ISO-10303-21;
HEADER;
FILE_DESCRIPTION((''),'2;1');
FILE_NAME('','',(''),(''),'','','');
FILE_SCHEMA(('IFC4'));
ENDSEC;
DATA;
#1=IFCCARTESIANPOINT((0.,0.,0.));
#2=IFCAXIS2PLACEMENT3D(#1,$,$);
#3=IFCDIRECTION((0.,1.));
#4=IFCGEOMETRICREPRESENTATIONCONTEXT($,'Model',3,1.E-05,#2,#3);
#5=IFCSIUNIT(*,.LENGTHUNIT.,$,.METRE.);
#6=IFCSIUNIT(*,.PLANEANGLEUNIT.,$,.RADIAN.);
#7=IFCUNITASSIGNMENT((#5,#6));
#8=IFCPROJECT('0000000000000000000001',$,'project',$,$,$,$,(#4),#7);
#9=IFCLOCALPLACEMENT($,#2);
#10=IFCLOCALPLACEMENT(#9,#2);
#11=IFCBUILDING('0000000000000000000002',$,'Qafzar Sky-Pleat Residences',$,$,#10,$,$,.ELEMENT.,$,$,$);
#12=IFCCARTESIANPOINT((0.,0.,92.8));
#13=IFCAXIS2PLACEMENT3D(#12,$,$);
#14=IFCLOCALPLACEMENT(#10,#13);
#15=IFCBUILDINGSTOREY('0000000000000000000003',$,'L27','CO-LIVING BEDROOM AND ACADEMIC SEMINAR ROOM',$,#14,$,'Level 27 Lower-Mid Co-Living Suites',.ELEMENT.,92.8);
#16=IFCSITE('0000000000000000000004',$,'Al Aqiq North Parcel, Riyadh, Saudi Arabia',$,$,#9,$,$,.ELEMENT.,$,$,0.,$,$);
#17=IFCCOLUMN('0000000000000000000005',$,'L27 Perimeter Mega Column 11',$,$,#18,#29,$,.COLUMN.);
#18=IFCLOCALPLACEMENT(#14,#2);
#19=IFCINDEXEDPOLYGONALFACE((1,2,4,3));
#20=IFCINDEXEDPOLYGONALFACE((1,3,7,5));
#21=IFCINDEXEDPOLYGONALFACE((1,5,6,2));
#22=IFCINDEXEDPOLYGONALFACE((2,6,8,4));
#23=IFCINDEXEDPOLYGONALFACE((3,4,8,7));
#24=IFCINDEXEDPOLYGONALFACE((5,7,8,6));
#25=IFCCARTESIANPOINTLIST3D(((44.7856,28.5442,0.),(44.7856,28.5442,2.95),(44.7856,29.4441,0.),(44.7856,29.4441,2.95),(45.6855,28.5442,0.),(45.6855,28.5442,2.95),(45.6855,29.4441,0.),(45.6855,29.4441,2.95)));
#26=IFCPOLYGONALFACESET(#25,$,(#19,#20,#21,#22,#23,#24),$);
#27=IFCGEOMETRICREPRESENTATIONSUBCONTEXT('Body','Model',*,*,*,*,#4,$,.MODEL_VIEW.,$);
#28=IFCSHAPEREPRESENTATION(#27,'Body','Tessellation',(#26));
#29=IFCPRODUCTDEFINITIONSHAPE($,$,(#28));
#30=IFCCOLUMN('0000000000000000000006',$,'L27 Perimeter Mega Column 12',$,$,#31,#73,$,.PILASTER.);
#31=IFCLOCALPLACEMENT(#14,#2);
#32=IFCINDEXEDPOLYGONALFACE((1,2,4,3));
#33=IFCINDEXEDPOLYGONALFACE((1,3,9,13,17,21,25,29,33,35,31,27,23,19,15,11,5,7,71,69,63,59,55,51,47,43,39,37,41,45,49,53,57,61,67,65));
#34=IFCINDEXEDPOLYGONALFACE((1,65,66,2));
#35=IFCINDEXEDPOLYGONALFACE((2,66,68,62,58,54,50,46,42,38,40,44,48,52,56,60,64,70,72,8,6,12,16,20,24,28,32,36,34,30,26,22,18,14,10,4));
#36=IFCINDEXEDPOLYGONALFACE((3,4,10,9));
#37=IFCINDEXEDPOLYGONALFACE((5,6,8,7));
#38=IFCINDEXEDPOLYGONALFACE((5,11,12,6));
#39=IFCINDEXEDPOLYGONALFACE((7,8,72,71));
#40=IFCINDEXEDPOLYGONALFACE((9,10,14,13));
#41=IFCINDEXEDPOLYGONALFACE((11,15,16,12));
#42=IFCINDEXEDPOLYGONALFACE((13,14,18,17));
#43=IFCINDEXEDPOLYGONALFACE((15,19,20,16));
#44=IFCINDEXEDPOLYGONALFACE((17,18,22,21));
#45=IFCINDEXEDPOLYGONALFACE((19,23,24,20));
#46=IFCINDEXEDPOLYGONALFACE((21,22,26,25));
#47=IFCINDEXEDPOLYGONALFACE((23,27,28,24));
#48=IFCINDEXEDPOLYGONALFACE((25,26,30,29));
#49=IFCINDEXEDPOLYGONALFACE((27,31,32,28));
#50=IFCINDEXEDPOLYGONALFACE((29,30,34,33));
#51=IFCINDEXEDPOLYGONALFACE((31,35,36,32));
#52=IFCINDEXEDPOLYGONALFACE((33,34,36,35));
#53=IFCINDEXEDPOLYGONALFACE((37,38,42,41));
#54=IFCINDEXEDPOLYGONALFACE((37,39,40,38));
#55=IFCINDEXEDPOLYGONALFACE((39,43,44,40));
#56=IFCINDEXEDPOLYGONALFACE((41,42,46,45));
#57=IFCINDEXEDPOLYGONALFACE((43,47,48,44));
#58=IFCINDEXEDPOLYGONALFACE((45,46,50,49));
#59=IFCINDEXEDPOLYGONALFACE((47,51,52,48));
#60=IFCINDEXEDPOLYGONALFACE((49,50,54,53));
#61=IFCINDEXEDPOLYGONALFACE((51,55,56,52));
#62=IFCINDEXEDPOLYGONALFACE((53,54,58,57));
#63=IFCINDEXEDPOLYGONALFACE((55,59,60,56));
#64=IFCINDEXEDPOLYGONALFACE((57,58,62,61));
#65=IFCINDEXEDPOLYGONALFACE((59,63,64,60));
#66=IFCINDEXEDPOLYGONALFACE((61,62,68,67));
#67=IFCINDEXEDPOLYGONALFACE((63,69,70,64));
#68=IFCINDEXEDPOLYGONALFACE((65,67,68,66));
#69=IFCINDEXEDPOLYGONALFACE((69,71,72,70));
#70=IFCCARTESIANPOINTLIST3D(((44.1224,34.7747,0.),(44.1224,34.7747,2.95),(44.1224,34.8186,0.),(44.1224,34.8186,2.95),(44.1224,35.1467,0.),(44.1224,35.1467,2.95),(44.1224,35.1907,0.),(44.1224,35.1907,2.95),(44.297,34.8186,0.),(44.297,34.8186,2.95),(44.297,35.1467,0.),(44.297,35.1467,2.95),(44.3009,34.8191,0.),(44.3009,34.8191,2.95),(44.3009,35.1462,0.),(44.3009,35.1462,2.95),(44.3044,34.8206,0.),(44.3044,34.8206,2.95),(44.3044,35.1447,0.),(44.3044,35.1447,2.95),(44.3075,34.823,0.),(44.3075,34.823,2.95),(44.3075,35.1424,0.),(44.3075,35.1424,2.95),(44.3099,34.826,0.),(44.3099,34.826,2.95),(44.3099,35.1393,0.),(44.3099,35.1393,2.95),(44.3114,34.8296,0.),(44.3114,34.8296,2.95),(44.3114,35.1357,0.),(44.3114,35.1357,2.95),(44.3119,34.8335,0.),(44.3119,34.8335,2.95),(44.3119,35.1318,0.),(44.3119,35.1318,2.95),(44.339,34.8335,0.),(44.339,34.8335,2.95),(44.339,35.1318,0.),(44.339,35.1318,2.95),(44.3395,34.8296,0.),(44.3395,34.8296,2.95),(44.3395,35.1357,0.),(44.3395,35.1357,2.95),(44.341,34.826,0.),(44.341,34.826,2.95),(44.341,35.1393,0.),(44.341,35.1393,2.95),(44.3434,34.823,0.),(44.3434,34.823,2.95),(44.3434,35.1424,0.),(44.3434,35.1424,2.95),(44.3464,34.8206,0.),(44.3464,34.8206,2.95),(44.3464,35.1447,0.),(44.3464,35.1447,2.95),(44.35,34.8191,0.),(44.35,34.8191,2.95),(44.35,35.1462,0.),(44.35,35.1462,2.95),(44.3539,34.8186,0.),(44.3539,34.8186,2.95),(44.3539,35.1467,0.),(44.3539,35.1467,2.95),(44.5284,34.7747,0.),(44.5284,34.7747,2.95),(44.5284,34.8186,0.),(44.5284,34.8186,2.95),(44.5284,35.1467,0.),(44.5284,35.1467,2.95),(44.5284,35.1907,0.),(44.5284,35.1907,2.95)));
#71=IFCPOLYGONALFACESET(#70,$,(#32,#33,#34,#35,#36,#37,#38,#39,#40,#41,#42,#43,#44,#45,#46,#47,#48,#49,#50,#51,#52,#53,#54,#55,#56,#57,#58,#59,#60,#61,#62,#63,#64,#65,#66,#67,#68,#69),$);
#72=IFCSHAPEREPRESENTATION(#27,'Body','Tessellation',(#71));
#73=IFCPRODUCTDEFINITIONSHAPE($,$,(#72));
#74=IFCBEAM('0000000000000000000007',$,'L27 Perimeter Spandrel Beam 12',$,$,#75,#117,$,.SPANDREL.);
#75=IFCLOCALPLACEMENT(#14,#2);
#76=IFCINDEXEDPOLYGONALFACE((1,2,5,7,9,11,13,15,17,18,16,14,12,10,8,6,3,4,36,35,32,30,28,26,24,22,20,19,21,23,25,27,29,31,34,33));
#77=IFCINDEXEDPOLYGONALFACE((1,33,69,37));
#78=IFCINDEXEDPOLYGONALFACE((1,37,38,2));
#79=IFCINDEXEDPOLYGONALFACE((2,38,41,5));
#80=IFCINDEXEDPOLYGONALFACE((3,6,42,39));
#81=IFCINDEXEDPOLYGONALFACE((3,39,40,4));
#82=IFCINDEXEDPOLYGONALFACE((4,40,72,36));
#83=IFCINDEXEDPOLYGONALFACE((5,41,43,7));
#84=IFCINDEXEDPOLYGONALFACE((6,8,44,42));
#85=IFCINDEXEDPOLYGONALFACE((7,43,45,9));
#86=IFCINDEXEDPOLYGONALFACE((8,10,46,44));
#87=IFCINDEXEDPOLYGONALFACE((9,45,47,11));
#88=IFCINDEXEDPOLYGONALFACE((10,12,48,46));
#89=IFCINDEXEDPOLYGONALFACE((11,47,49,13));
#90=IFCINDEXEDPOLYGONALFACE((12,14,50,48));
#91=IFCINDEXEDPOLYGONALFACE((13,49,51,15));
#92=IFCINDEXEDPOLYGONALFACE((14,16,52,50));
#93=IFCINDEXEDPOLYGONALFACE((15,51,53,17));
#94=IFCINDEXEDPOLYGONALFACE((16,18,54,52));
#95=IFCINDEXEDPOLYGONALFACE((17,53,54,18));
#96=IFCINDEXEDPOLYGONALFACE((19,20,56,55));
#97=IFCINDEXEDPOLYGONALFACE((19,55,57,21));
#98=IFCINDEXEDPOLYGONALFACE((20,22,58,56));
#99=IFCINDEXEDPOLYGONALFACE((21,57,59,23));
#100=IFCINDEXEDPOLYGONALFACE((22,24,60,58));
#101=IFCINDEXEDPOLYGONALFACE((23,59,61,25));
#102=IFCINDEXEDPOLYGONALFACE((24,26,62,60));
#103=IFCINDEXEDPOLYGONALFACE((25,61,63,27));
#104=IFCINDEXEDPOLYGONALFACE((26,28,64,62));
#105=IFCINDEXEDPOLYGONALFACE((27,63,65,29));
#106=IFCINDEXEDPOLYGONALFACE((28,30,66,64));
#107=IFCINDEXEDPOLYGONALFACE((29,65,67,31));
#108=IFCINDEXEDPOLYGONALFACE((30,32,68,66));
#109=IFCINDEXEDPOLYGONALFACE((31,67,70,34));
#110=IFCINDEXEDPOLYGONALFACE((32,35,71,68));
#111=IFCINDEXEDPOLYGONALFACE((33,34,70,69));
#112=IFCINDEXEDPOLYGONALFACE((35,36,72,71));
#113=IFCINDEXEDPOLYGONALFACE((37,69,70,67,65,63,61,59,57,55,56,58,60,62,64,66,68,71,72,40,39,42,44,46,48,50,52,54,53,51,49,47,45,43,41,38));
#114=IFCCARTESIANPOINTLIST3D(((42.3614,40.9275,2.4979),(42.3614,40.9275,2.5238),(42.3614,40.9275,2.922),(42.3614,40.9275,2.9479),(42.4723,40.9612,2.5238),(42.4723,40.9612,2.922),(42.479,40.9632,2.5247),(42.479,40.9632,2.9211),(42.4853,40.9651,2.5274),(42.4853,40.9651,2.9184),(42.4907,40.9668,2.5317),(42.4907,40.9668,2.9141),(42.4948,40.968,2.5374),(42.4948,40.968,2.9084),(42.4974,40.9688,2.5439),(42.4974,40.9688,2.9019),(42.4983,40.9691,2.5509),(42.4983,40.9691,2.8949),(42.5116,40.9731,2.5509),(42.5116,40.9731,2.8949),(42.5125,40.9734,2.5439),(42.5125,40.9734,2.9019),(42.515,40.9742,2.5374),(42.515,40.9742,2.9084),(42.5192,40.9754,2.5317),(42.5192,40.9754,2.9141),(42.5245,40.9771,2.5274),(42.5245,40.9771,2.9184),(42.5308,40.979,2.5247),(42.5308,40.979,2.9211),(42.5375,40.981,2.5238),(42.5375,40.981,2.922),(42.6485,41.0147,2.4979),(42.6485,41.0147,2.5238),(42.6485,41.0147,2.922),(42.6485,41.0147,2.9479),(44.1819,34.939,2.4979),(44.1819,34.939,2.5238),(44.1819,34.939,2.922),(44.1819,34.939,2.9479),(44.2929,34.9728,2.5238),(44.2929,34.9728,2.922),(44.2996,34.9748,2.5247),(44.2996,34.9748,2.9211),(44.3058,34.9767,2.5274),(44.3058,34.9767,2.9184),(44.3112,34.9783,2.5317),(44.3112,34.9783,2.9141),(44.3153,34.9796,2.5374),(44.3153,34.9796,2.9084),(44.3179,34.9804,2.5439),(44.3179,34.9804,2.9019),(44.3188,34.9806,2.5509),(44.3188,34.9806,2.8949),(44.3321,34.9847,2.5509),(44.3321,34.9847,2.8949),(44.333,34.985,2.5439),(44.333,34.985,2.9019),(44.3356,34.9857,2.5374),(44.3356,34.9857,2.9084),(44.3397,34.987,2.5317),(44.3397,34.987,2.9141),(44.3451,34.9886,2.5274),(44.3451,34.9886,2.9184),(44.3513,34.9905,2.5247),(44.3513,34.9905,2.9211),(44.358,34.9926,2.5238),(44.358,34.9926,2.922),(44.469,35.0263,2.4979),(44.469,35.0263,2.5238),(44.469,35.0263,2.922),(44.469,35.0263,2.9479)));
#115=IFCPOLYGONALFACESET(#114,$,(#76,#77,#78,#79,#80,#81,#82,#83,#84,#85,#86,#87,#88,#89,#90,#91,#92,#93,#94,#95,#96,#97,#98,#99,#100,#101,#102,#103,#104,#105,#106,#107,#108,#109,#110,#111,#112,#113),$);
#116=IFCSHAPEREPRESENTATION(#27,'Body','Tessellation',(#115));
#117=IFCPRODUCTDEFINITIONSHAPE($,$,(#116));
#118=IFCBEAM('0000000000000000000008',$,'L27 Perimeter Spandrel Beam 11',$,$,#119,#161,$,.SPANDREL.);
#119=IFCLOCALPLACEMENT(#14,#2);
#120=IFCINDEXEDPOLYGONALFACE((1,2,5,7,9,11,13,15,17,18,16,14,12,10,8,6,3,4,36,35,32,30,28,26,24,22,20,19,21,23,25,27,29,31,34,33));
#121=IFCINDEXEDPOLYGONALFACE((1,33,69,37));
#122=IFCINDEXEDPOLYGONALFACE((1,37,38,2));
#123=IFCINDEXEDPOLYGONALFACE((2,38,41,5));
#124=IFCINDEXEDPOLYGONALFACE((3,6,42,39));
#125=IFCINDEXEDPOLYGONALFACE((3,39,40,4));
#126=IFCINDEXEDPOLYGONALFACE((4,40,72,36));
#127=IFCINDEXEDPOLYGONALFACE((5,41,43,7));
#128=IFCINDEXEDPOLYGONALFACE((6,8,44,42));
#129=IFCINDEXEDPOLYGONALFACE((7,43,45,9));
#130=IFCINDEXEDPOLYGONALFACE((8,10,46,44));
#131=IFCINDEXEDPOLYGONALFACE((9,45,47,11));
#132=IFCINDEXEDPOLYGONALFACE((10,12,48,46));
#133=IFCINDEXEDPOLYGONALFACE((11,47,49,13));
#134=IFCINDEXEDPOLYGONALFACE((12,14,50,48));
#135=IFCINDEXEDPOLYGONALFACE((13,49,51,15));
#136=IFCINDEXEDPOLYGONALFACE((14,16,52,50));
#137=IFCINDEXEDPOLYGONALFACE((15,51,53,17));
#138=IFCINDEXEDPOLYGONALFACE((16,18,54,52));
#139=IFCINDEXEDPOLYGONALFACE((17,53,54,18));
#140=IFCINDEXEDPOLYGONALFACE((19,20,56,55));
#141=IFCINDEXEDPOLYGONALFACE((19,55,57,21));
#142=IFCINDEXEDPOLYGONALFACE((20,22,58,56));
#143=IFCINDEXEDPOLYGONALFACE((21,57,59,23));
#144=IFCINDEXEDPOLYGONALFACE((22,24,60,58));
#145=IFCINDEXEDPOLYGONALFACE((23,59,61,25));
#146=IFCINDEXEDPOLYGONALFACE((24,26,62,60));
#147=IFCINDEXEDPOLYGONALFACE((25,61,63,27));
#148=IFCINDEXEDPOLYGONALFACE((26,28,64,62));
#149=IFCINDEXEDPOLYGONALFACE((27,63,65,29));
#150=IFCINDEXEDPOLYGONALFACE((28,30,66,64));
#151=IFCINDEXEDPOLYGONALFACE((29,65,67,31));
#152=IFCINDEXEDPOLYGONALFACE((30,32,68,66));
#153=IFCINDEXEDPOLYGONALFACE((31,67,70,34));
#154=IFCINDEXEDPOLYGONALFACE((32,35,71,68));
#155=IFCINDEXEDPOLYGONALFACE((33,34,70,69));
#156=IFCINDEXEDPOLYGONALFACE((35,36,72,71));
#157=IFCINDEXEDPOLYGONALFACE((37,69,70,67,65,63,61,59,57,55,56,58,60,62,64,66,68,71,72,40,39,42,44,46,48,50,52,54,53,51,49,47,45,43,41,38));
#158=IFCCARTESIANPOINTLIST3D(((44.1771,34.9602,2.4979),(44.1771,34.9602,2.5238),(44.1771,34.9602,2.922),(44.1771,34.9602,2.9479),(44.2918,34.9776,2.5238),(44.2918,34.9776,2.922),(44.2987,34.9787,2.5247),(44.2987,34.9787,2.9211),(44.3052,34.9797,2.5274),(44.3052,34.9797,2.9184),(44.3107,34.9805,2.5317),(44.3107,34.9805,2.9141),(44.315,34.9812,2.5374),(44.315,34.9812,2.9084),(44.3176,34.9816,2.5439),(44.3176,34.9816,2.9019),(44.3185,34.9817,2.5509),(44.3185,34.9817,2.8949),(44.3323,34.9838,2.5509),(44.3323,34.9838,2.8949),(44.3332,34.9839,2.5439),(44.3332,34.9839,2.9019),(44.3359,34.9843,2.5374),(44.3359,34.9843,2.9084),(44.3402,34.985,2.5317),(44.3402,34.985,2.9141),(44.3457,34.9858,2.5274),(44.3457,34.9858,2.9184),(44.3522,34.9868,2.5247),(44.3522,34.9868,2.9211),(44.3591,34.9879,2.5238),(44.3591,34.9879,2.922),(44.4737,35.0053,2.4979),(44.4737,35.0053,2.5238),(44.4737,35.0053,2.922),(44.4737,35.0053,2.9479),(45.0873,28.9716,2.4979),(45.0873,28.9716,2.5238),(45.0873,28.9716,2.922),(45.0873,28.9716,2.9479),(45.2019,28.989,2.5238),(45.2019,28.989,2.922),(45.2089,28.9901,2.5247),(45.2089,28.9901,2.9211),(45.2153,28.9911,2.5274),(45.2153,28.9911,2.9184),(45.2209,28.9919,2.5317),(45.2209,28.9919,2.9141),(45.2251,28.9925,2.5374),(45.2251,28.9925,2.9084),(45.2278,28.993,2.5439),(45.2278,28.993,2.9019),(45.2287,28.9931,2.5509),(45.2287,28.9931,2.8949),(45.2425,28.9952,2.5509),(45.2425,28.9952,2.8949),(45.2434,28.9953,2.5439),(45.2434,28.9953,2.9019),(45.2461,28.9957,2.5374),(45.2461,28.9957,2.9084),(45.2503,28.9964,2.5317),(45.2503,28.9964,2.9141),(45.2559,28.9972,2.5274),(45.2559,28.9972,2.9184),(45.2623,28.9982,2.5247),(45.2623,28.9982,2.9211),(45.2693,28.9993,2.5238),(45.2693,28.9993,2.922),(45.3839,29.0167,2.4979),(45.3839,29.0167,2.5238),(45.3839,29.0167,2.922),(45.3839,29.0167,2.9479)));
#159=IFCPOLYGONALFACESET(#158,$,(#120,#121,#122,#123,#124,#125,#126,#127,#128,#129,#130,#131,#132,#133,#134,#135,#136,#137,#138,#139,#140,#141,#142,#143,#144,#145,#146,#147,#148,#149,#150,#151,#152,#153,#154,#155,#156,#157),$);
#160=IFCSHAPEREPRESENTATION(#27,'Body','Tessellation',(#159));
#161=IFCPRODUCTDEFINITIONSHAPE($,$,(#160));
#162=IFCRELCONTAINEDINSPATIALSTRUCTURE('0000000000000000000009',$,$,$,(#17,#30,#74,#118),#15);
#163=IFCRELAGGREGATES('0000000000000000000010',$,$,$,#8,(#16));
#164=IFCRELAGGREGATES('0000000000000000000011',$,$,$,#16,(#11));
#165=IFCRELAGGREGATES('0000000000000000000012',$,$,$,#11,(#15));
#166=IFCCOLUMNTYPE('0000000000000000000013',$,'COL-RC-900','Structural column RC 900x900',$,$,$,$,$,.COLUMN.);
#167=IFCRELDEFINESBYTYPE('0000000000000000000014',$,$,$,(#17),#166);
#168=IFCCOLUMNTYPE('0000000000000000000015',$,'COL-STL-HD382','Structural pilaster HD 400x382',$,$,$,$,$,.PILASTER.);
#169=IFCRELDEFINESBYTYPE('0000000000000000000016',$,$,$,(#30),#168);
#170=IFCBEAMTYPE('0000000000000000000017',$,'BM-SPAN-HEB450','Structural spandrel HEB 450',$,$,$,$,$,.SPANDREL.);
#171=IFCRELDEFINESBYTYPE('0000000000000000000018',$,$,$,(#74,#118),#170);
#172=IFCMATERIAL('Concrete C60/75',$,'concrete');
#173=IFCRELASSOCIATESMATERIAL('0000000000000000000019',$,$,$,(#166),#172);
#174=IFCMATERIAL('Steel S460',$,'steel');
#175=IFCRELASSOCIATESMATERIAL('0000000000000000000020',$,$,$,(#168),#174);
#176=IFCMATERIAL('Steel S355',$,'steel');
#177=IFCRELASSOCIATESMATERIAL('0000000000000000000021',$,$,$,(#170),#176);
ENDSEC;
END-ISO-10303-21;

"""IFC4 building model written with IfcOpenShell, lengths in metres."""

from ifc_helpers import new_model, si_unit, direction, frame, origin, origin_2d, place, context, subcontext, project, spatial, rectangle, i_section, extrude, source, transform, mapped, material, material_profile, profile_set, type_object, element, save


model = new_model("IFC4")

# Units and contexts
model_context = context("Model", 3, precision=1e-05, world=origin(), true_north=direction((0.0, 1.0)))
body_context = subcontext(model_context, "Body", "Model", "MODEL_VIEW")
ifc_project = project(units=[si_unit("LENGTHUNIT", "METRE"), si_unit("PLANEANGLEUNIT", "RADIAN")], contexts=[model_context])

# Site, building, storey
site_placement = place(None, origin())
site = spatial("IfcSite", under=ifc_project, at=site_placement, Name="Al Aqiq North Parcel, Riyadh, Saudi Arabia", CompositionType="ELEMENT", RefElevation=0.0)
building_placement = place(site_placement, origin())
building = spatial("IfcBuilding", under=site, at=building_placement, Name="Qafzar Sky-Pleat Residences", CompositionType="ELEMENT")
storey_placement = place(building_placement, frame((0.0, 0.0, 92.8)))
storey = spatial("IfcBuildingStorey", under=building, at=storey_placement, Name="L27", Description="CO-LIVING BEDROOM AND ACADEMIC SEMINAR ROOM", LongName="Level 27 Lower-Mid Co-Living Suites", CompositionType="ELEMENT", Elevation=92.8)

# Columns
ifc_material_1 = material(Name="Concrete C60/75", Category="concrete")
ifc_material_profile_1 = material_profile(ifc_material_1, rectangle(XDim=0.8999, YDim=0.8999, at=origin_2d()), Name="RC 900x900")
ifc_profile_set_1 = profile_set([ifc_material_profile_1], Name="Concrete C60/75")
column_type_1 = type_object("IfcColumnType", Name="COL-RC-900", Description="Structural column RC 900x900", PredefinedType="COLUMN", material=ifc_profile_set_1)
shared_shape_1 = source(origin(), body_context, "Body", "SweptSolid", [
    extrude(rectangle(XDim=0.8999, YDim=0.8999, at=origin_2d()), origin(), (0.0, 0.0, 1.0), 2.95),
])
column_1_placement = place(storey_placement, frame((45.2356, 28.9941, 0.0), z_axis=(0.0, 0.0, 1.0), x_axis=(1.0, 0.0, 0.0)))
element("IfcColumn", 1, at=column_1_placement, inside=storey, type_object=column_type_1, Name="L27 Perimeter Mega Column 11", PredefinedType="COLUMN", context=body_context, shape_type="MappedRepresentation", body=[
    mapped(shared_shape_1, transform((0.0, 0.0, 0.0), x_axis=(1.0, 0.0, 0.0), y_axis=(0.0, 1.0, 0.0), z_axis=(0.0, 0.0, 1.0), scale=1.0)),
])
ifc_material_2 = material(Name="Steel S460", Category="steel")
ifc_material_profile_2 = material_profile(ifc_material_2, i_section(OverallWidth=0.406, OverallDepth=0.416, WebThickness=0.0271, FlangeThickness=0.0439, FilletRadius=0.0149, at=origin_2d()), Name="HD 400x382")
ifc_profile_set_2 = profile_set([ifc_material_profile_2], Name="Steel S460")
column_type_2 = type_object("IfcColumnType", Name="COL-STL-HD382", Description="Structural pilaster HD 400x382", PredefinedType="PILASTER", material=ifc_profile_set_2)
shared_shape_2 = source(origin(), body_context, "Body", "SweptSolid", [
    extrude(i_section(OverallWidth=0.406, OverallDepth=0.416, WebThickness=0.0271, FlangeThickness=0.0439, FilletRadius=0.0149, at=origin_2d()), origin(), (0.0, 0.0, 1.0), 2.95),
])
column_2_placement = place(storey_placement, frame((44.3254, 34.9827, 0.0), z_axis=(0.0, 0.0, 1.0), x_axis=(1.0, 0.0, 0.0)))
element("IfcColumn", 2, at=column_2_placement, inside=storey, type_object=column_type_2, Name="L27 Perimeter Mega Column 12", PredefinedType="PILASTER", context=body_context, shape_type="MappedRepresentation", body=[
    mapped(shared_shape_2, transform((0.0, 0.0, 0.0), x_axis=(1.0, 0.0, 0.0), y_axis=(0.0, 1.0, 0.0), z_axis=(0.0, 0.0, 1.0), scale=1.0)),
])

# Beams
ifc_material_3 = material(Name="Steel S355", Category="steel")
ifc_material_profile_3 = material_profile(ifc_material_3, i_section(OverallWidth=0.3, OverallDepth=0.45, WebThickness=0.0139, FlangeThickness=0.0259, FilletRadius=0.0271, at=origin_2d()), Name="HEB 450")
ifc_profile_set_3 = profile_set([ifc_material_profile_3], Name="Steel S355")
beam_type_1 = type_object("IfcBeamType", Name="BM-SPAN-HEB450", Description="Structural spandrel HEB 450", PredefinedType="SPANDREL", material=ifc_profile_set_3)
shared_shape_3 = source(origin(), body_context, "Body", "SweptSolid", [
    extrude(i_section(OverallWidth=0.3, OverallDepth=0.45, WebThickness=0.0139, FlangeThickness=0.0259, FilletRadius=0.0271, at=origin_2d()), origin(), (0.0, 0.0, 1.0), 6.259),
])
beam_1_placement = place(storey_placement, frame((44.3254, 34.9827, 2.7229), z_axis=(-0.290864, 0.956765, 0.0), x_axis=(-0.956765, -0.290864, 0.0)))
element("IfcBeam", 3, at=beam_1_placement, inside=storey, type_object=beam_type_1, Name="L27 Perimeter Spandrel Beam 12", PredefinedType="SPANDREL", context=body_context, shape_type="MappedRepresentation", body=[
    mapped(shared_shape_3, transform((0.0, 0.0, 0.0), x_axis=(1.0, 0.0, 0.0), y_axis=(0.0, 1.0, 0.0), z_axis=(0.0, 0.0, 1.0), scale=1.0)),
])
shared_shape_4 = source(origin(), body_context, "Body", "SweptSolid", [
    extrude(i_section(OverallWidth=0.3, OverallDepth=0.45, WebThickness=0.0139, FlangeThickness=0.0259, FilletRadius=0.0271, at=origin_2d()), origin(), (0.0, 0.0, 1.0), 6.0574),
])
beam_2_placement = place(storey_placement, frame((45.2356, 28.9941, 2.7229), z_axis=(-0.150258, 0.988647, 0.0), x_axis=(-0.988647, -0.150258, 0.0)))
element("IfcBeam", 4, at=beam_2_placement, inside=storey, type_object=beam_type_1, Name="L27 Perimeter Spandrel Beam 11", PredefinedType="SPANDREL", context=body_context, shape_type="MappedRepresentation", body=[
    mapped(shared_shape_4, transform((0.0, 0.0, 0.0), x_axis=(1.0, 0.0, 0.0), y_axis=(0.0, 1.0, 0.0), z_axis=(0.0, 0.0, 1.0), scale=1.0)),
])

save(model, "model.ifc")
